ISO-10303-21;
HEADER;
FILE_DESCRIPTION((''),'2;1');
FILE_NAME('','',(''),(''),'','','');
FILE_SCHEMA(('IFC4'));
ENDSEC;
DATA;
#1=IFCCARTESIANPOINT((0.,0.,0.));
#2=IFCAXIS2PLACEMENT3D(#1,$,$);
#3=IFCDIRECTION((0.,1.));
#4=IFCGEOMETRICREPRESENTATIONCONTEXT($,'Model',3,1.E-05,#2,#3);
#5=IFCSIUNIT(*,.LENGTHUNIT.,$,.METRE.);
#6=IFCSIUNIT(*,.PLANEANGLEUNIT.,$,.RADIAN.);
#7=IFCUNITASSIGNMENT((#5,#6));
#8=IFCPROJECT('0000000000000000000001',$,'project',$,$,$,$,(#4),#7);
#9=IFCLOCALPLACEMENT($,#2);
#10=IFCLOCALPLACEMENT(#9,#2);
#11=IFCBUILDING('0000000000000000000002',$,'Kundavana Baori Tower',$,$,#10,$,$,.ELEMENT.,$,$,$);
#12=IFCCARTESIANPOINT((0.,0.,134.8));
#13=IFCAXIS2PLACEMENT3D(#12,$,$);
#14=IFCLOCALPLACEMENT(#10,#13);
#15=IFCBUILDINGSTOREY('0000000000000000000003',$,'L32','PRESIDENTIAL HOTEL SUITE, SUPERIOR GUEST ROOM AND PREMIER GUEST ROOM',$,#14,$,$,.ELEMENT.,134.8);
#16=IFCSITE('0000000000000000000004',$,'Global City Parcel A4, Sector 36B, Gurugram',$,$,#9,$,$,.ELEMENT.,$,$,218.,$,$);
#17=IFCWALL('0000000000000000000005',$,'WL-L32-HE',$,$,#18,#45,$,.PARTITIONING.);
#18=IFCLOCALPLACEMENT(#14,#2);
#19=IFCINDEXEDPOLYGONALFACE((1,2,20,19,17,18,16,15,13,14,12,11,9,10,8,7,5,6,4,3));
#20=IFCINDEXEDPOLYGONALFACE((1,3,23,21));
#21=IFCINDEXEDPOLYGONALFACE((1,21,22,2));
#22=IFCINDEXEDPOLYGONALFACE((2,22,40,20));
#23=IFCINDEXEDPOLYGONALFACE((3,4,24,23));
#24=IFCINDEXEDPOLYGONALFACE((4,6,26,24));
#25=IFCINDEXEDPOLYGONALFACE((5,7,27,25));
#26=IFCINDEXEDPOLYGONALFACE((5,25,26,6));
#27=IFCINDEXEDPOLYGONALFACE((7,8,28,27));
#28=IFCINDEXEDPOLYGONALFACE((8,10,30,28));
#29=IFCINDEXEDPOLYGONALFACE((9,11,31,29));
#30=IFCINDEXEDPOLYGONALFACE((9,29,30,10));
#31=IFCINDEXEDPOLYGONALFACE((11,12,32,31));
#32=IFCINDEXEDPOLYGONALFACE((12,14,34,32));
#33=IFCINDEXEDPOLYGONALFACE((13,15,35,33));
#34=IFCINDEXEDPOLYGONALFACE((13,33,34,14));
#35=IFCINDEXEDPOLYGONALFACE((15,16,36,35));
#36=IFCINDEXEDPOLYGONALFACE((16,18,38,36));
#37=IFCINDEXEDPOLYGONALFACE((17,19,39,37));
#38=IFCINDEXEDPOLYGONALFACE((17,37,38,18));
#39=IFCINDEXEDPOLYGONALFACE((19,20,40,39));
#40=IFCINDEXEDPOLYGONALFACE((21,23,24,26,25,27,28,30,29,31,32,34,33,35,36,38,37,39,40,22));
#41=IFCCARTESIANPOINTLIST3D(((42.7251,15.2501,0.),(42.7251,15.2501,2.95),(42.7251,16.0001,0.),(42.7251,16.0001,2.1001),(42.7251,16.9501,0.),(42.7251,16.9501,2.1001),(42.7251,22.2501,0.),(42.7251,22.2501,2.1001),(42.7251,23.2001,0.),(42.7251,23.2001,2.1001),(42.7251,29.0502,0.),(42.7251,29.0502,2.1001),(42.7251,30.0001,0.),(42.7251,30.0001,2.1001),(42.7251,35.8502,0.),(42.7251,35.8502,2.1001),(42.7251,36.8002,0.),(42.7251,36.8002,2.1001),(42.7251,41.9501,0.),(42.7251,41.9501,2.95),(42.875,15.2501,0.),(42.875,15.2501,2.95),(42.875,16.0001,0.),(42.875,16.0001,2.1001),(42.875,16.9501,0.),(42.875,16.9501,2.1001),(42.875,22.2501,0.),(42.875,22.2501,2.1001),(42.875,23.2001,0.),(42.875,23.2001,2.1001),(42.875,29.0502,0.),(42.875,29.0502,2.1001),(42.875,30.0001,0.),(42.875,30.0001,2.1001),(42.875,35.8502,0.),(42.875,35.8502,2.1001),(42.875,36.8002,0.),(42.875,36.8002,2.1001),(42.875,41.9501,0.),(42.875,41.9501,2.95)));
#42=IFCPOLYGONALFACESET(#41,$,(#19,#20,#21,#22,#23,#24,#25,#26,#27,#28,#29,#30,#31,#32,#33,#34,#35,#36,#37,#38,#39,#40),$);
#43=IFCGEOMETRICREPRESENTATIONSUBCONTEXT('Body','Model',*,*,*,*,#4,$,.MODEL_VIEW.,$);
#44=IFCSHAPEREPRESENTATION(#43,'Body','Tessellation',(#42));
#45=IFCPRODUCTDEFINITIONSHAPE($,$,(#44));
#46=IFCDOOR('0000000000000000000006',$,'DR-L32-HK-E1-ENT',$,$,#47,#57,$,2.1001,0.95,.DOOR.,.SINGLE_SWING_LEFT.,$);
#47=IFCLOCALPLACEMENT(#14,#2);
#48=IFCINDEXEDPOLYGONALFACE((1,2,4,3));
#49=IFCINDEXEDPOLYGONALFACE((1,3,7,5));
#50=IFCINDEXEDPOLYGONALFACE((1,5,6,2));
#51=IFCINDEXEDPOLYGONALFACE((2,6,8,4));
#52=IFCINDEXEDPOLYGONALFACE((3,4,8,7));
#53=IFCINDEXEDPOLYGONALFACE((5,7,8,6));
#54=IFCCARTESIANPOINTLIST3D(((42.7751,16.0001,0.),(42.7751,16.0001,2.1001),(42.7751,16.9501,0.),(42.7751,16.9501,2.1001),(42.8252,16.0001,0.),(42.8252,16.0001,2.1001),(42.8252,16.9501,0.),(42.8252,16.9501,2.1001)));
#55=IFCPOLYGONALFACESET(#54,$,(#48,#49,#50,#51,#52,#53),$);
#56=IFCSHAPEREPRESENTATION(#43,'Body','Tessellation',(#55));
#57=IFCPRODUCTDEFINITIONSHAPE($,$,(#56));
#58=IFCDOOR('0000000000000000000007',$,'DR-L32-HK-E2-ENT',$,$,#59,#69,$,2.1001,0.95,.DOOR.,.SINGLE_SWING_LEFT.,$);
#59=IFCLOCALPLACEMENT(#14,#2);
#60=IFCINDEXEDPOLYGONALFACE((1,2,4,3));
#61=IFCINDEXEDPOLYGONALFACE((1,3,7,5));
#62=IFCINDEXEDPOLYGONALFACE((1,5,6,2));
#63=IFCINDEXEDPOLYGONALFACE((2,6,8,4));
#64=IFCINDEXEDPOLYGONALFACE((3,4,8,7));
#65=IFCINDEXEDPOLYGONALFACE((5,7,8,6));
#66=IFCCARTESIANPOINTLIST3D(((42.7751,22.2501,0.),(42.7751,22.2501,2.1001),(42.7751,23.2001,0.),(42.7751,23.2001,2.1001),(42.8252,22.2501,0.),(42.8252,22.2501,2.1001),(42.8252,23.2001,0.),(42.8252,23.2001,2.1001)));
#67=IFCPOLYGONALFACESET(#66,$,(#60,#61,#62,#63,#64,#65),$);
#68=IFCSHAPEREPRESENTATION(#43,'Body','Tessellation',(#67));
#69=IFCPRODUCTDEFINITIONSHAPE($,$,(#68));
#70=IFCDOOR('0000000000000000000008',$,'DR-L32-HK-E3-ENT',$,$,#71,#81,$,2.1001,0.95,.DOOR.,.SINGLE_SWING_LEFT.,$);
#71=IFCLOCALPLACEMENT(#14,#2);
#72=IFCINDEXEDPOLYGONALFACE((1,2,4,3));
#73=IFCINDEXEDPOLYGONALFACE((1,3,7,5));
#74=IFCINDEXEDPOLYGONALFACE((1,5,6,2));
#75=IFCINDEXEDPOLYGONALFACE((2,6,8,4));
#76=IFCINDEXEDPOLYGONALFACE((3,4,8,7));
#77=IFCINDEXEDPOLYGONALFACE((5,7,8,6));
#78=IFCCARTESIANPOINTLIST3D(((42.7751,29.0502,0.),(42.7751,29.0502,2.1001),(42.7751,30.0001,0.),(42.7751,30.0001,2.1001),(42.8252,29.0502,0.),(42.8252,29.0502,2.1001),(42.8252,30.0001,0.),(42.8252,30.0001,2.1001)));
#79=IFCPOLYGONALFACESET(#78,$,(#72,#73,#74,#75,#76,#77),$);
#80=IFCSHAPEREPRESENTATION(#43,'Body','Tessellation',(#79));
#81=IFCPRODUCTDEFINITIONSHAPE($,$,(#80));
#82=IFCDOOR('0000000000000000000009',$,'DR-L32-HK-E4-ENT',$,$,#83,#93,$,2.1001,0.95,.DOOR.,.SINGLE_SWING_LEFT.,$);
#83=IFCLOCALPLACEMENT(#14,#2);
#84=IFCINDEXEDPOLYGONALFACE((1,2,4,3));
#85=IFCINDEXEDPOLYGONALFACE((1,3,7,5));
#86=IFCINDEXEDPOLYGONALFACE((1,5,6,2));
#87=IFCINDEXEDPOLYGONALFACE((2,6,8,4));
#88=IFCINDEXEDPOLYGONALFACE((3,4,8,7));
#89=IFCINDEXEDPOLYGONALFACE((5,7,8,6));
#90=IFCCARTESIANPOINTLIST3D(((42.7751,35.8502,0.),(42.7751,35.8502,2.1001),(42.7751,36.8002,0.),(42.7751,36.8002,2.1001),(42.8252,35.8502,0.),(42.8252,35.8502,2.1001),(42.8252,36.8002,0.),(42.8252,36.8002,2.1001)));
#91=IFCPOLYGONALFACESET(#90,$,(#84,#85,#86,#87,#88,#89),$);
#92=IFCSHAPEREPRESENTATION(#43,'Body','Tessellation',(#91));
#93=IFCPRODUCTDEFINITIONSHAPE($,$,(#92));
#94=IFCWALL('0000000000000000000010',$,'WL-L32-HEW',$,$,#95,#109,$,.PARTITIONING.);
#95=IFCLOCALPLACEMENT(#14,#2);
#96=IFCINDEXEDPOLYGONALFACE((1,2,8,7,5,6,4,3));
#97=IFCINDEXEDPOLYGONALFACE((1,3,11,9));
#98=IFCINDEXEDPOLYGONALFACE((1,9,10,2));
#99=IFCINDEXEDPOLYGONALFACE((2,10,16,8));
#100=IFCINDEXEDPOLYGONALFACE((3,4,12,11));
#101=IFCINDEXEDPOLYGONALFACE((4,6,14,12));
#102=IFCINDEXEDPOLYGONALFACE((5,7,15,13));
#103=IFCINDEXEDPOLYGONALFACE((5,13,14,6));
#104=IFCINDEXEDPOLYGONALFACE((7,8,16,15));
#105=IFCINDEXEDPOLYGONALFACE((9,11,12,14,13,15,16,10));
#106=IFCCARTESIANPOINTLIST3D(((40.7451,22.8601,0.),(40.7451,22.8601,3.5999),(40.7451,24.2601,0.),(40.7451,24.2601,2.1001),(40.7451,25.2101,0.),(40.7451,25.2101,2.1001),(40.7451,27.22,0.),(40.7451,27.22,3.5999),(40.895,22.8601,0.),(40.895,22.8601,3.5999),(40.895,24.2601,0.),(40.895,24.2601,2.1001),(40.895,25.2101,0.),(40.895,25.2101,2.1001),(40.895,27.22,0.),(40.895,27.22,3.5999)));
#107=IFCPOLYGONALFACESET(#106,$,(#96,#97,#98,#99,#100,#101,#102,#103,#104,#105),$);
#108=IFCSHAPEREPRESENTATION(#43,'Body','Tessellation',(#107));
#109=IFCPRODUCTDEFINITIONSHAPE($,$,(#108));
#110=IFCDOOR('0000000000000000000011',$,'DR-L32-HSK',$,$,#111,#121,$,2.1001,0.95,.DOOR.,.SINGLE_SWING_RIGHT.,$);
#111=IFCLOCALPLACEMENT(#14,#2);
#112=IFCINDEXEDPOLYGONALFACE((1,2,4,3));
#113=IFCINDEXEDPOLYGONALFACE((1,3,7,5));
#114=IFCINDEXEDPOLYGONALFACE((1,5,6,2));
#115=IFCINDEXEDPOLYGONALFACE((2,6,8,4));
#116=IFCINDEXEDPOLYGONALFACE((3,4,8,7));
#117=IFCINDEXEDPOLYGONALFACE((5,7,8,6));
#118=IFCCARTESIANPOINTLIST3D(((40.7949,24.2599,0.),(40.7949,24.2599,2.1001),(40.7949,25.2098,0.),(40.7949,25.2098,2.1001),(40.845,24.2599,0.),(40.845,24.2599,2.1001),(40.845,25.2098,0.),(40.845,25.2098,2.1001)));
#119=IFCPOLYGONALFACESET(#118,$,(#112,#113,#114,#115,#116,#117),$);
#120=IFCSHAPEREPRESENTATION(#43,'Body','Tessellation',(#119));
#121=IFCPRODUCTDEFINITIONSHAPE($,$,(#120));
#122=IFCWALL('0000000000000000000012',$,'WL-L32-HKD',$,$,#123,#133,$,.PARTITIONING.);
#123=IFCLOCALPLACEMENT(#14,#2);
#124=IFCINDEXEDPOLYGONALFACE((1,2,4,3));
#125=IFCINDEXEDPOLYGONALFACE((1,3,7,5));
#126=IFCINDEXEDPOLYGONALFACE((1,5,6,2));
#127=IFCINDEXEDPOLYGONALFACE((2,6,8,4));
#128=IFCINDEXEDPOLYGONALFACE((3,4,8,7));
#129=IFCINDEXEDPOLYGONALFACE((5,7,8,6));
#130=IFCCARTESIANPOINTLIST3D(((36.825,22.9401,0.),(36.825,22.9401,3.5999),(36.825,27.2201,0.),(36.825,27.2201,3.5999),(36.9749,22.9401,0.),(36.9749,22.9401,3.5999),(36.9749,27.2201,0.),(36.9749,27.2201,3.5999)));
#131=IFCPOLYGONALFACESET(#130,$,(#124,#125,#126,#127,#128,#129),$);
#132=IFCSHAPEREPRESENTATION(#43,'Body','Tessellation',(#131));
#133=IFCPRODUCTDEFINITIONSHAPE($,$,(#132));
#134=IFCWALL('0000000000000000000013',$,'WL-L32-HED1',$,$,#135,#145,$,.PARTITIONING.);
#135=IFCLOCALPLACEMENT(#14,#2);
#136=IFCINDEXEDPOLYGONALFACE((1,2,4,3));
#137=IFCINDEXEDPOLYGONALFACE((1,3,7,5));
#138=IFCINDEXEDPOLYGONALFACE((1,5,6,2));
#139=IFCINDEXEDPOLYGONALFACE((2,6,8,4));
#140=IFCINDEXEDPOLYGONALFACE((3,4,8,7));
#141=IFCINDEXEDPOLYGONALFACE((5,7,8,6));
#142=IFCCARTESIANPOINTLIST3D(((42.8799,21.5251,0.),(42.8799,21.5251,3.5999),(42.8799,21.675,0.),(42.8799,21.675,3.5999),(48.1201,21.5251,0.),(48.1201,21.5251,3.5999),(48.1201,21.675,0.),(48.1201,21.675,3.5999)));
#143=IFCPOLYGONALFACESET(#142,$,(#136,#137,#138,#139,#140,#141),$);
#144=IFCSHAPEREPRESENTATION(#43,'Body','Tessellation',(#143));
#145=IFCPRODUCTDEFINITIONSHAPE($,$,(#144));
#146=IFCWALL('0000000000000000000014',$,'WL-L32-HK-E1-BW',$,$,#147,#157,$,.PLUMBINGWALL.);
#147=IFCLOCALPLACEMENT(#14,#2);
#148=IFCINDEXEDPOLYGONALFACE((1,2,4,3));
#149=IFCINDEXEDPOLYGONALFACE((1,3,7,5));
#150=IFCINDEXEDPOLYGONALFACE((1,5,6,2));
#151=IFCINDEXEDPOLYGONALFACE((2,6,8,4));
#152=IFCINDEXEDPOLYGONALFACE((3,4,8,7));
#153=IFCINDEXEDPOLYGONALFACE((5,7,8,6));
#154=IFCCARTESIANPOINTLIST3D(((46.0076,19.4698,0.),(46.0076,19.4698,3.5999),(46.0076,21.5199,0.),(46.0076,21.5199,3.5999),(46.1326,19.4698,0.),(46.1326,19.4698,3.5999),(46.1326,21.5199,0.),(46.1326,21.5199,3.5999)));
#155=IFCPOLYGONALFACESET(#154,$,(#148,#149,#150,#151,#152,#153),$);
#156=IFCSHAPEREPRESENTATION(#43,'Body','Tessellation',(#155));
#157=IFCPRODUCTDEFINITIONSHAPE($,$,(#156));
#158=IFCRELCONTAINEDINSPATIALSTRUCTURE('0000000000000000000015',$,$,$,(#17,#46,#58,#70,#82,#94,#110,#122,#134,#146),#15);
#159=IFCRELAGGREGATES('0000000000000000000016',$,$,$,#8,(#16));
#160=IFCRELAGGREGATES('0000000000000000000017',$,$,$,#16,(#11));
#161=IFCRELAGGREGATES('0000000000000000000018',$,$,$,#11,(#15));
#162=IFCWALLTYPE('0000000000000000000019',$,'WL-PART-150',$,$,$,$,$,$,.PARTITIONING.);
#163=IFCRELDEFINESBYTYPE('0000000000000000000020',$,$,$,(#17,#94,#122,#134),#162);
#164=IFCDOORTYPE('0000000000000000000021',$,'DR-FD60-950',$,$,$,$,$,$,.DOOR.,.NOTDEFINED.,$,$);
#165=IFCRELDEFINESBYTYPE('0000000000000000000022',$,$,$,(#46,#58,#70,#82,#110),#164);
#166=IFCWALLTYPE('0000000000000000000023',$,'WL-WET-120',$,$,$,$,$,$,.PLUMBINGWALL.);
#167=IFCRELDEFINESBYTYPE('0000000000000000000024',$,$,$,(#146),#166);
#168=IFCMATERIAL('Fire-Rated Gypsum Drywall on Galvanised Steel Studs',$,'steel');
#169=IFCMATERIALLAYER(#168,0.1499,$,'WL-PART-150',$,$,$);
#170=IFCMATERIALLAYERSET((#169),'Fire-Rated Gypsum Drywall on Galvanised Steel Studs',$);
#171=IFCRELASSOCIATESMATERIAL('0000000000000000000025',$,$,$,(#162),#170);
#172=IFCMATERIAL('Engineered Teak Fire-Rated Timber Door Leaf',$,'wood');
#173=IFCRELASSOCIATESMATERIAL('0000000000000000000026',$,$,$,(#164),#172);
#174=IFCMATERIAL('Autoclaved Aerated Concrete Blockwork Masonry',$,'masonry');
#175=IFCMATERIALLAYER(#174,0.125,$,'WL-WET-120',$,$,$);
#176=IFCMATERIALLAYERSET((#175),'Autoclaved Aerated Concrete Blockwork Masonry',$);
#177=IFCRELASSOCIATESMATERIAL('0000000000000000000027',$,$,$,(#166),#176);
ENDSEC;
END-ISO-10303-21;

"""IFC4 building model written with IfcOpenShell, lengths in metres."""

from ifc_helpers import new_model, si_unit, direction, frame, frame_2d, origin, place, context, subcontext, project, spatial, rectangle, extrude, material, layer, layer_set, type_object, element, fill, save


model = new_model("IFC4")

# Units and contexts
model_context = context("Model", 3, precision=1e-05, world=origin(), true_north=direction((0.0, 1.0)))
body_context = subcontext(model_context, "Body", "Model", "MODEL_VIEW")
ifc_project = project(units=[si_unit("LENGTHUNIT", "METRE"), si_unit("PLANEANGLEUNIT", "RADIAN")], contexts=[model_context])

# Site, building, storey
site_placement = place(None, origin())
site = spatial("IfcSite", under=ifc_project, at=site_placement, Name="Global City Parcel A4, Sector 36B, Gurugram", CompositionType="ELEMENT", RefElevation=218.0)
building_placement = place(site_placement, origin())
building = spatial("IfcBuilding", under=site, at=building_placement, Name="Kundavana Baori Tower", CompositionType="ELEMENT")
storey_placement = place(building_placement, frame((0.0, 0.0, 134.8)))
storey = spatial("IfcBuildingStorey", under=building, at=storey_placement, Name="L32", Description="PRESIDENTIAL HOTEL SUITE, SUPERIOR GUEST ROOM AND PREMIER GUEST ROOM", CompositionType="ELEMENT", Elevation=134.8)

# Wall, openings, doors
ifc_material_1 = material(Name="Fire-Rated Gypsum Drywall on Galvanised Steel Studs", Category="steel")
ifc_layer_1 = layer(ifc_material_1, 0.1499, Name="WL-PART-150")
ifc_layer_set_1 = layer_set([ifc_layer_1], Name="Fire-Rated Gypsum Drywall on Galvanised Steel Studs")
wall_type_1 = type_object("IfcWallType", Name="WL-PART-150", PredefinedType="PARTITIONING", material=ifc_layer_set_1)
wall_1_placement = place(storey_placement, frame((42.8, 15.25, 0.0), z_axis=(0.0, 0.0, 1.0), x_axis=(0.0, 1.0, 0.0)))
wall_1 = element("IfcWall", 1, at=wall_1_placement, inside=storey, type_object=wall_type_1, Name="WL-L32-HE", PredefinedType="PARTITIONING", context=body_context, shape_type="SweptSolid", body=[
    extrude(rectangle(XDim=26.7, YDim=0.1499, at=frame_2d((13.3501, 0.0))), origin(), (0.0, 0.0, 1.0), 2.95),
])
opening_1_placement = place(wall_1_placement, frame((0.75, 0.0, 0.0)))
opening_1 = element("IfcOpeningElement", 2, at=opening_1_placement, cuts=wall_1, PredefinedType="OPENING", context=body_context, shape_type="SweptSolid", body=[
    extrude(rectangle(XDim=0.95, YDim=2.1001, at=frame_2d((0.4751, 1.05))), frame((0.0, 0.085, 0.0), z_axis=(0.0, -1.0, 0.0), x_axis=(1.0, 0.0, 0.0)), (0.0, 0.0, 1.0), 0.1699),
])
opening_2_placement = place(wall_1_placement, frame((7.0, 0.0, 0.0)))
opening_2 = element("IfcOpeningElement", 3, at=opening_2_placement, cuts=wall_1, PredefinedType="OPENING", context=body_context, shape_type="SweptSolid", body=[
    extrude(rectangle(XDim=0.95, YDim=2.1001, at=frame_2d((0.4751, 1.05))), frame((0.0, 0.085, 0.0), z_axis=(0.0, -1.0, 0.0), x_axis=(1.0, 0.0, 0.0)), (0.0, 0.0, 1.0), 0.1699),
])
opening_3_placement = place(wall_1_placement, frame((13.8, 0.0, 0.0)))
opening_3 = element("IfcOpeningElement", 4, at=opening_3_placement, cuts=wall_1, PredefinedType="OPENING", context=body_context, shape_type="SweptSolid", body=[
    extrude(rectangle(XDim=0.95, YDim=2.1001, at=frame_2d((0.4751, 1.05))), frame((0.0, 0.085, 0.0), z_axis=(0.0, -1.0, 0.0), x_axis=(1.0, 0.0, 0.0)), (0.0, 0.0, 1.0), 0.1699),
])
opening_4_placement = place(wall_1_placement, frame((20.6001, 0.0, 0.0)))
opening_4 = element("IfcOpeningElement", 5, at=opening_4_placement, cuts=wall_1, PredefinedType="OPENING", context=body_context, shape_type="SweptSolid", body=[
    extrude(rectangle(XDim=0.95, YDim=2.1001, at=frame_2d((0.4751, 1.05))), frame((0.0, 0.085, 0.0), z_axis=(0.0, -1.0, 0.0), x_axis=(1.0, 0.0, 0.0)), (0.0, 0.0, 1.0), 0.1699),
])
ifc_material_2 = material(Name="Engineered Teak Fire-Rated Timber Door Leaf", Category="wood")
door_type_1 = type_object("IfcDoorType", Name="DR-FD60-950", OperationType="NOTDEFINED", PredefinedType="DOOR", material=ifc_material_2)
door_1_placement = place(opening_1_placement, origin())
door_1 = element("IfcDoor", 6, at=door_1_placement, inside=storey, type_object=door_type_1, Name="DR-L32-HK-E1-ENT", OperationType="SINGLE_SWING_LEFT", OverallHeight=2.1001, OverallWidth=0.95, PredefinedType="DOOR", context=body_context, shape_type="SweptSolid", body=[
    extrude(rectangle(XDim=0.95, YDim=2.1001, at=frame_2d((0.4751, 1.05))), frame((0.0, 0.0249, 0.0), z_axis=(0.0, -1.0, 0.0), x_axis=(1.0, 0.0, 0.0)), (0.0, 0.0, 1.0), 0.05),
])
fill(opening_1, door_1)
door_2_placement = place(opening_2_placement, origin())
door_2 = element("IfcDoor", 7, at=door_2_placement, inside=storey, type_object=door_type_1, Name="DR-L32-HK-E2-ENT", OperationType="SINGLE_SWING_LEFT", OverallHeight=2.1001, OverallWidth=0.95, PredefinedType="DOOR", context=body_context, shape_type="SweptSolid", body=[
    extrude(rectangle(XDim=0.95, YDim=2.1001, at=frame_2d((0.4751, 1.05))), frame((0.0, 0.0249, 0.0), z_axis=(0.0, -1.0, 0.0), x_axis=(1.0, 0.0, 0.0)), (0.0, 0.0, 1.0), 0.05),
])
fill(opening_2, door_2)
door_3_placement = place(opening_3_placement, origin())
door_3 = element("IfcDoor", 8, at=door_3_placement, inside=storey, type_object=door_type_1, Name="DR-L32-HK-E3-ENT", OperationType="SINGLE_SWING_LEFT", OverallHeight=2.1001, OverallWidth=0.95, PredefinedType="DOOR", context=body_context, shape_type="SweptSolid", body=[
    extrude(rectangle(XDim=0.95, YDim=2.1001, at=frame_2d((0.4751, 1.05))), frame((0.0, 0.0249, 0.0), z_axis=(0.0, -1.0, 0.0), x_axis=(1.0, 0.0, 0.0)), (0.0, 0.0, 1.0), 0.05),
])
fill(opening_3, door_3)
door_4_placement = place(opening_4_placement, origin())
door_4 = element("IfcDoor", 9, at=door_4_placement, inside=storey, type_object=door_type_1, Name="DR-L32-HK-E4-ENT", OperationType="SINGLE_SWING_LEFT", OverallHeight=2.1001, OverallWidth=0.95, PredefinedType="DOOR", context=body_context, shape_type="SweptSolid", body=[
    extrude(rectangle(XDim=0.95, YDim=2.1001, at=frame_2d((0.4751, 1.05))), frame((0.0, 0.0249, 0.0), z_axis=(0.0, -1.0, 0.0), x_axis=(1.0, 0.0, 0.0)), (0.0, 0.0, 1.0), 0.05),
])
fill(opening_4, door_4)

# Wall, opening, door
wall_2_placement = place(storey_placement, frame((40.8201, 22.8601, 0.0), z_axis=(0.0, 0.0, 1.0), x_axis=(0.0, 1.0, 0.0)))
wall_2 = element("IfcWall", 10, at=wall_2_placement, inside=storey, type_object=wall_type_1, Name="WL-L32-HEW", PredefinedType="PARTITIONING", context=body_context, shape_type="SweptSolid", body=[
    extrude(rectangle(XDim=4.3599, YDim=0.1499, at=frame_2d((2.1799, 0.0))), origin(), (0.0, 0.0, 1.0), 3.5999),
])
opening_5_placement = place(wall_2_placement, frame((1.3999, 0.0, 0.0)))
opening_5 = element("IfcOpeningElement", 11, at=opening_5_placement, cuts=wall_2, PredefinedType="OPENING", context=body_context, shape_type="SweptSolid", body=[
    extrude(rectangle(XDim=0.95, YDim=2.1001, at=frame_2d((0.4751, 1.05))), frame((0.0, 0.085, 0.0), z_axis=(0.0, -1.0, 0.0), x_axis=(1.0, 0.0, 0.0)), (0.0, 0.0, 1.0), 0.1699),
])
door_5_placement = place(opening_5_placement, frame((0.95, 0.0, 0.0), z_axis=(0.0, 0.0, 1.0), x_axis=(-1.0, 0.0, 0.0)))
door_5 = element("IfcDoor", 12, at=door_5_placement, inside=storey, type_object=door_type_1, Name="DR-L32-HSK", OperationType="SINGLE_SWING_RIGHT", OverallHeight=2.1001, OverallWidth=0.95, PredefinedType="DOOR", context=body_context, shape_type="SweptSolid", body=[
    extrude(rectangle(XDim=0.95, YDim=2.1001, at=frame_2d((0.4751, 1.05))), frame((0.0, 0.0249, 0.0), z_axis=(0.0, -1.0, 0.0), x_axis=(1.0, 0.0, 0.0)), (0.0, 0.0, 1.0), 0.05),
])
fill(opening_5, door_5)

# Walls
wall_3_placement = place(storey_placement, frame((36.8999, 22.9399, 0.0), z_axis=(0.0, 0.0, 1.0), x_axis=(0.0, 1.0, 0.0)))
element("IfcWall", 13, at=wall_3_placement, inside=storey, type_object=wall_type_1, Name="WL-L32-HKD", PredefinedType="PARTITIONING", context=body_context, shape_type="SweptSolid", body=[
    extrude(rectangle(XDim=4.28, YDim=0.1499, at=frame_2d((2.1401, 0.0))), origin(), (0.0, 0.0, 1.0), 3.5999),
])
wall_4_placement = place(storey_placement, frame((42.8799, 21.6001, 0.0), z_axis=(0.0, 0.0, 1.0), x_axis=(1.0, 0.0, 0.0)))
element("IfcWall", 14, at=wall_4_placement, inside=storey, type_object=wall_type_1, Name="WL-L32-HED1", PredefinedType="PARTITIONING", context=body_context, shape_type="SweptSolid", body=[
    extrude(rectangle(XDim=5.2402, YDim=0.1499, at=frame_2d((2.6201, 0.0))), origin(), (0.0, 0.0, 1.0), 3.5999),
])
ifc_material_3 = material(Name="Autoclaved Aerated Concrete Blockwork Masonry", Category="masonry")
ifc_layer_2 = layer(ifc_material_3, 0.125, Name="WL-WET-120")
ifc_layer_set_2 = layer_set([ifc_layer_2], Name="Autoclaved Aerated Concrete Blockwork Masonry")
wall_type_2 = type_object("IfcWallType", Name="WL-WET-120", PredefinedType="PLUMBINGWALL", material=ifc_layer_set_2)
wall_5_placement = place(storey_placement, frame((46.0701, 19.47, 0.0), z_axis=(0.0, 0.0, 1.0), x_axis=(0.0, 1.0, 0.0)))
element("IfcWall", 15, at=wall_5_placement, inside=storey, type_object=wall_type_2, Name="WL-L32-HK-E1-BW", PredefinedType="PLUMBINGWALL", context=body_context, shape_type="SweptSolid", body=[
    extrude(rectangle(XDim=2.05, YDim=0.125, at=frame_2d((1.0249, 0.0))), origin(), (0.0, 0.0, 1.0), 3.5999),
])

save(model, "model.ifc")
